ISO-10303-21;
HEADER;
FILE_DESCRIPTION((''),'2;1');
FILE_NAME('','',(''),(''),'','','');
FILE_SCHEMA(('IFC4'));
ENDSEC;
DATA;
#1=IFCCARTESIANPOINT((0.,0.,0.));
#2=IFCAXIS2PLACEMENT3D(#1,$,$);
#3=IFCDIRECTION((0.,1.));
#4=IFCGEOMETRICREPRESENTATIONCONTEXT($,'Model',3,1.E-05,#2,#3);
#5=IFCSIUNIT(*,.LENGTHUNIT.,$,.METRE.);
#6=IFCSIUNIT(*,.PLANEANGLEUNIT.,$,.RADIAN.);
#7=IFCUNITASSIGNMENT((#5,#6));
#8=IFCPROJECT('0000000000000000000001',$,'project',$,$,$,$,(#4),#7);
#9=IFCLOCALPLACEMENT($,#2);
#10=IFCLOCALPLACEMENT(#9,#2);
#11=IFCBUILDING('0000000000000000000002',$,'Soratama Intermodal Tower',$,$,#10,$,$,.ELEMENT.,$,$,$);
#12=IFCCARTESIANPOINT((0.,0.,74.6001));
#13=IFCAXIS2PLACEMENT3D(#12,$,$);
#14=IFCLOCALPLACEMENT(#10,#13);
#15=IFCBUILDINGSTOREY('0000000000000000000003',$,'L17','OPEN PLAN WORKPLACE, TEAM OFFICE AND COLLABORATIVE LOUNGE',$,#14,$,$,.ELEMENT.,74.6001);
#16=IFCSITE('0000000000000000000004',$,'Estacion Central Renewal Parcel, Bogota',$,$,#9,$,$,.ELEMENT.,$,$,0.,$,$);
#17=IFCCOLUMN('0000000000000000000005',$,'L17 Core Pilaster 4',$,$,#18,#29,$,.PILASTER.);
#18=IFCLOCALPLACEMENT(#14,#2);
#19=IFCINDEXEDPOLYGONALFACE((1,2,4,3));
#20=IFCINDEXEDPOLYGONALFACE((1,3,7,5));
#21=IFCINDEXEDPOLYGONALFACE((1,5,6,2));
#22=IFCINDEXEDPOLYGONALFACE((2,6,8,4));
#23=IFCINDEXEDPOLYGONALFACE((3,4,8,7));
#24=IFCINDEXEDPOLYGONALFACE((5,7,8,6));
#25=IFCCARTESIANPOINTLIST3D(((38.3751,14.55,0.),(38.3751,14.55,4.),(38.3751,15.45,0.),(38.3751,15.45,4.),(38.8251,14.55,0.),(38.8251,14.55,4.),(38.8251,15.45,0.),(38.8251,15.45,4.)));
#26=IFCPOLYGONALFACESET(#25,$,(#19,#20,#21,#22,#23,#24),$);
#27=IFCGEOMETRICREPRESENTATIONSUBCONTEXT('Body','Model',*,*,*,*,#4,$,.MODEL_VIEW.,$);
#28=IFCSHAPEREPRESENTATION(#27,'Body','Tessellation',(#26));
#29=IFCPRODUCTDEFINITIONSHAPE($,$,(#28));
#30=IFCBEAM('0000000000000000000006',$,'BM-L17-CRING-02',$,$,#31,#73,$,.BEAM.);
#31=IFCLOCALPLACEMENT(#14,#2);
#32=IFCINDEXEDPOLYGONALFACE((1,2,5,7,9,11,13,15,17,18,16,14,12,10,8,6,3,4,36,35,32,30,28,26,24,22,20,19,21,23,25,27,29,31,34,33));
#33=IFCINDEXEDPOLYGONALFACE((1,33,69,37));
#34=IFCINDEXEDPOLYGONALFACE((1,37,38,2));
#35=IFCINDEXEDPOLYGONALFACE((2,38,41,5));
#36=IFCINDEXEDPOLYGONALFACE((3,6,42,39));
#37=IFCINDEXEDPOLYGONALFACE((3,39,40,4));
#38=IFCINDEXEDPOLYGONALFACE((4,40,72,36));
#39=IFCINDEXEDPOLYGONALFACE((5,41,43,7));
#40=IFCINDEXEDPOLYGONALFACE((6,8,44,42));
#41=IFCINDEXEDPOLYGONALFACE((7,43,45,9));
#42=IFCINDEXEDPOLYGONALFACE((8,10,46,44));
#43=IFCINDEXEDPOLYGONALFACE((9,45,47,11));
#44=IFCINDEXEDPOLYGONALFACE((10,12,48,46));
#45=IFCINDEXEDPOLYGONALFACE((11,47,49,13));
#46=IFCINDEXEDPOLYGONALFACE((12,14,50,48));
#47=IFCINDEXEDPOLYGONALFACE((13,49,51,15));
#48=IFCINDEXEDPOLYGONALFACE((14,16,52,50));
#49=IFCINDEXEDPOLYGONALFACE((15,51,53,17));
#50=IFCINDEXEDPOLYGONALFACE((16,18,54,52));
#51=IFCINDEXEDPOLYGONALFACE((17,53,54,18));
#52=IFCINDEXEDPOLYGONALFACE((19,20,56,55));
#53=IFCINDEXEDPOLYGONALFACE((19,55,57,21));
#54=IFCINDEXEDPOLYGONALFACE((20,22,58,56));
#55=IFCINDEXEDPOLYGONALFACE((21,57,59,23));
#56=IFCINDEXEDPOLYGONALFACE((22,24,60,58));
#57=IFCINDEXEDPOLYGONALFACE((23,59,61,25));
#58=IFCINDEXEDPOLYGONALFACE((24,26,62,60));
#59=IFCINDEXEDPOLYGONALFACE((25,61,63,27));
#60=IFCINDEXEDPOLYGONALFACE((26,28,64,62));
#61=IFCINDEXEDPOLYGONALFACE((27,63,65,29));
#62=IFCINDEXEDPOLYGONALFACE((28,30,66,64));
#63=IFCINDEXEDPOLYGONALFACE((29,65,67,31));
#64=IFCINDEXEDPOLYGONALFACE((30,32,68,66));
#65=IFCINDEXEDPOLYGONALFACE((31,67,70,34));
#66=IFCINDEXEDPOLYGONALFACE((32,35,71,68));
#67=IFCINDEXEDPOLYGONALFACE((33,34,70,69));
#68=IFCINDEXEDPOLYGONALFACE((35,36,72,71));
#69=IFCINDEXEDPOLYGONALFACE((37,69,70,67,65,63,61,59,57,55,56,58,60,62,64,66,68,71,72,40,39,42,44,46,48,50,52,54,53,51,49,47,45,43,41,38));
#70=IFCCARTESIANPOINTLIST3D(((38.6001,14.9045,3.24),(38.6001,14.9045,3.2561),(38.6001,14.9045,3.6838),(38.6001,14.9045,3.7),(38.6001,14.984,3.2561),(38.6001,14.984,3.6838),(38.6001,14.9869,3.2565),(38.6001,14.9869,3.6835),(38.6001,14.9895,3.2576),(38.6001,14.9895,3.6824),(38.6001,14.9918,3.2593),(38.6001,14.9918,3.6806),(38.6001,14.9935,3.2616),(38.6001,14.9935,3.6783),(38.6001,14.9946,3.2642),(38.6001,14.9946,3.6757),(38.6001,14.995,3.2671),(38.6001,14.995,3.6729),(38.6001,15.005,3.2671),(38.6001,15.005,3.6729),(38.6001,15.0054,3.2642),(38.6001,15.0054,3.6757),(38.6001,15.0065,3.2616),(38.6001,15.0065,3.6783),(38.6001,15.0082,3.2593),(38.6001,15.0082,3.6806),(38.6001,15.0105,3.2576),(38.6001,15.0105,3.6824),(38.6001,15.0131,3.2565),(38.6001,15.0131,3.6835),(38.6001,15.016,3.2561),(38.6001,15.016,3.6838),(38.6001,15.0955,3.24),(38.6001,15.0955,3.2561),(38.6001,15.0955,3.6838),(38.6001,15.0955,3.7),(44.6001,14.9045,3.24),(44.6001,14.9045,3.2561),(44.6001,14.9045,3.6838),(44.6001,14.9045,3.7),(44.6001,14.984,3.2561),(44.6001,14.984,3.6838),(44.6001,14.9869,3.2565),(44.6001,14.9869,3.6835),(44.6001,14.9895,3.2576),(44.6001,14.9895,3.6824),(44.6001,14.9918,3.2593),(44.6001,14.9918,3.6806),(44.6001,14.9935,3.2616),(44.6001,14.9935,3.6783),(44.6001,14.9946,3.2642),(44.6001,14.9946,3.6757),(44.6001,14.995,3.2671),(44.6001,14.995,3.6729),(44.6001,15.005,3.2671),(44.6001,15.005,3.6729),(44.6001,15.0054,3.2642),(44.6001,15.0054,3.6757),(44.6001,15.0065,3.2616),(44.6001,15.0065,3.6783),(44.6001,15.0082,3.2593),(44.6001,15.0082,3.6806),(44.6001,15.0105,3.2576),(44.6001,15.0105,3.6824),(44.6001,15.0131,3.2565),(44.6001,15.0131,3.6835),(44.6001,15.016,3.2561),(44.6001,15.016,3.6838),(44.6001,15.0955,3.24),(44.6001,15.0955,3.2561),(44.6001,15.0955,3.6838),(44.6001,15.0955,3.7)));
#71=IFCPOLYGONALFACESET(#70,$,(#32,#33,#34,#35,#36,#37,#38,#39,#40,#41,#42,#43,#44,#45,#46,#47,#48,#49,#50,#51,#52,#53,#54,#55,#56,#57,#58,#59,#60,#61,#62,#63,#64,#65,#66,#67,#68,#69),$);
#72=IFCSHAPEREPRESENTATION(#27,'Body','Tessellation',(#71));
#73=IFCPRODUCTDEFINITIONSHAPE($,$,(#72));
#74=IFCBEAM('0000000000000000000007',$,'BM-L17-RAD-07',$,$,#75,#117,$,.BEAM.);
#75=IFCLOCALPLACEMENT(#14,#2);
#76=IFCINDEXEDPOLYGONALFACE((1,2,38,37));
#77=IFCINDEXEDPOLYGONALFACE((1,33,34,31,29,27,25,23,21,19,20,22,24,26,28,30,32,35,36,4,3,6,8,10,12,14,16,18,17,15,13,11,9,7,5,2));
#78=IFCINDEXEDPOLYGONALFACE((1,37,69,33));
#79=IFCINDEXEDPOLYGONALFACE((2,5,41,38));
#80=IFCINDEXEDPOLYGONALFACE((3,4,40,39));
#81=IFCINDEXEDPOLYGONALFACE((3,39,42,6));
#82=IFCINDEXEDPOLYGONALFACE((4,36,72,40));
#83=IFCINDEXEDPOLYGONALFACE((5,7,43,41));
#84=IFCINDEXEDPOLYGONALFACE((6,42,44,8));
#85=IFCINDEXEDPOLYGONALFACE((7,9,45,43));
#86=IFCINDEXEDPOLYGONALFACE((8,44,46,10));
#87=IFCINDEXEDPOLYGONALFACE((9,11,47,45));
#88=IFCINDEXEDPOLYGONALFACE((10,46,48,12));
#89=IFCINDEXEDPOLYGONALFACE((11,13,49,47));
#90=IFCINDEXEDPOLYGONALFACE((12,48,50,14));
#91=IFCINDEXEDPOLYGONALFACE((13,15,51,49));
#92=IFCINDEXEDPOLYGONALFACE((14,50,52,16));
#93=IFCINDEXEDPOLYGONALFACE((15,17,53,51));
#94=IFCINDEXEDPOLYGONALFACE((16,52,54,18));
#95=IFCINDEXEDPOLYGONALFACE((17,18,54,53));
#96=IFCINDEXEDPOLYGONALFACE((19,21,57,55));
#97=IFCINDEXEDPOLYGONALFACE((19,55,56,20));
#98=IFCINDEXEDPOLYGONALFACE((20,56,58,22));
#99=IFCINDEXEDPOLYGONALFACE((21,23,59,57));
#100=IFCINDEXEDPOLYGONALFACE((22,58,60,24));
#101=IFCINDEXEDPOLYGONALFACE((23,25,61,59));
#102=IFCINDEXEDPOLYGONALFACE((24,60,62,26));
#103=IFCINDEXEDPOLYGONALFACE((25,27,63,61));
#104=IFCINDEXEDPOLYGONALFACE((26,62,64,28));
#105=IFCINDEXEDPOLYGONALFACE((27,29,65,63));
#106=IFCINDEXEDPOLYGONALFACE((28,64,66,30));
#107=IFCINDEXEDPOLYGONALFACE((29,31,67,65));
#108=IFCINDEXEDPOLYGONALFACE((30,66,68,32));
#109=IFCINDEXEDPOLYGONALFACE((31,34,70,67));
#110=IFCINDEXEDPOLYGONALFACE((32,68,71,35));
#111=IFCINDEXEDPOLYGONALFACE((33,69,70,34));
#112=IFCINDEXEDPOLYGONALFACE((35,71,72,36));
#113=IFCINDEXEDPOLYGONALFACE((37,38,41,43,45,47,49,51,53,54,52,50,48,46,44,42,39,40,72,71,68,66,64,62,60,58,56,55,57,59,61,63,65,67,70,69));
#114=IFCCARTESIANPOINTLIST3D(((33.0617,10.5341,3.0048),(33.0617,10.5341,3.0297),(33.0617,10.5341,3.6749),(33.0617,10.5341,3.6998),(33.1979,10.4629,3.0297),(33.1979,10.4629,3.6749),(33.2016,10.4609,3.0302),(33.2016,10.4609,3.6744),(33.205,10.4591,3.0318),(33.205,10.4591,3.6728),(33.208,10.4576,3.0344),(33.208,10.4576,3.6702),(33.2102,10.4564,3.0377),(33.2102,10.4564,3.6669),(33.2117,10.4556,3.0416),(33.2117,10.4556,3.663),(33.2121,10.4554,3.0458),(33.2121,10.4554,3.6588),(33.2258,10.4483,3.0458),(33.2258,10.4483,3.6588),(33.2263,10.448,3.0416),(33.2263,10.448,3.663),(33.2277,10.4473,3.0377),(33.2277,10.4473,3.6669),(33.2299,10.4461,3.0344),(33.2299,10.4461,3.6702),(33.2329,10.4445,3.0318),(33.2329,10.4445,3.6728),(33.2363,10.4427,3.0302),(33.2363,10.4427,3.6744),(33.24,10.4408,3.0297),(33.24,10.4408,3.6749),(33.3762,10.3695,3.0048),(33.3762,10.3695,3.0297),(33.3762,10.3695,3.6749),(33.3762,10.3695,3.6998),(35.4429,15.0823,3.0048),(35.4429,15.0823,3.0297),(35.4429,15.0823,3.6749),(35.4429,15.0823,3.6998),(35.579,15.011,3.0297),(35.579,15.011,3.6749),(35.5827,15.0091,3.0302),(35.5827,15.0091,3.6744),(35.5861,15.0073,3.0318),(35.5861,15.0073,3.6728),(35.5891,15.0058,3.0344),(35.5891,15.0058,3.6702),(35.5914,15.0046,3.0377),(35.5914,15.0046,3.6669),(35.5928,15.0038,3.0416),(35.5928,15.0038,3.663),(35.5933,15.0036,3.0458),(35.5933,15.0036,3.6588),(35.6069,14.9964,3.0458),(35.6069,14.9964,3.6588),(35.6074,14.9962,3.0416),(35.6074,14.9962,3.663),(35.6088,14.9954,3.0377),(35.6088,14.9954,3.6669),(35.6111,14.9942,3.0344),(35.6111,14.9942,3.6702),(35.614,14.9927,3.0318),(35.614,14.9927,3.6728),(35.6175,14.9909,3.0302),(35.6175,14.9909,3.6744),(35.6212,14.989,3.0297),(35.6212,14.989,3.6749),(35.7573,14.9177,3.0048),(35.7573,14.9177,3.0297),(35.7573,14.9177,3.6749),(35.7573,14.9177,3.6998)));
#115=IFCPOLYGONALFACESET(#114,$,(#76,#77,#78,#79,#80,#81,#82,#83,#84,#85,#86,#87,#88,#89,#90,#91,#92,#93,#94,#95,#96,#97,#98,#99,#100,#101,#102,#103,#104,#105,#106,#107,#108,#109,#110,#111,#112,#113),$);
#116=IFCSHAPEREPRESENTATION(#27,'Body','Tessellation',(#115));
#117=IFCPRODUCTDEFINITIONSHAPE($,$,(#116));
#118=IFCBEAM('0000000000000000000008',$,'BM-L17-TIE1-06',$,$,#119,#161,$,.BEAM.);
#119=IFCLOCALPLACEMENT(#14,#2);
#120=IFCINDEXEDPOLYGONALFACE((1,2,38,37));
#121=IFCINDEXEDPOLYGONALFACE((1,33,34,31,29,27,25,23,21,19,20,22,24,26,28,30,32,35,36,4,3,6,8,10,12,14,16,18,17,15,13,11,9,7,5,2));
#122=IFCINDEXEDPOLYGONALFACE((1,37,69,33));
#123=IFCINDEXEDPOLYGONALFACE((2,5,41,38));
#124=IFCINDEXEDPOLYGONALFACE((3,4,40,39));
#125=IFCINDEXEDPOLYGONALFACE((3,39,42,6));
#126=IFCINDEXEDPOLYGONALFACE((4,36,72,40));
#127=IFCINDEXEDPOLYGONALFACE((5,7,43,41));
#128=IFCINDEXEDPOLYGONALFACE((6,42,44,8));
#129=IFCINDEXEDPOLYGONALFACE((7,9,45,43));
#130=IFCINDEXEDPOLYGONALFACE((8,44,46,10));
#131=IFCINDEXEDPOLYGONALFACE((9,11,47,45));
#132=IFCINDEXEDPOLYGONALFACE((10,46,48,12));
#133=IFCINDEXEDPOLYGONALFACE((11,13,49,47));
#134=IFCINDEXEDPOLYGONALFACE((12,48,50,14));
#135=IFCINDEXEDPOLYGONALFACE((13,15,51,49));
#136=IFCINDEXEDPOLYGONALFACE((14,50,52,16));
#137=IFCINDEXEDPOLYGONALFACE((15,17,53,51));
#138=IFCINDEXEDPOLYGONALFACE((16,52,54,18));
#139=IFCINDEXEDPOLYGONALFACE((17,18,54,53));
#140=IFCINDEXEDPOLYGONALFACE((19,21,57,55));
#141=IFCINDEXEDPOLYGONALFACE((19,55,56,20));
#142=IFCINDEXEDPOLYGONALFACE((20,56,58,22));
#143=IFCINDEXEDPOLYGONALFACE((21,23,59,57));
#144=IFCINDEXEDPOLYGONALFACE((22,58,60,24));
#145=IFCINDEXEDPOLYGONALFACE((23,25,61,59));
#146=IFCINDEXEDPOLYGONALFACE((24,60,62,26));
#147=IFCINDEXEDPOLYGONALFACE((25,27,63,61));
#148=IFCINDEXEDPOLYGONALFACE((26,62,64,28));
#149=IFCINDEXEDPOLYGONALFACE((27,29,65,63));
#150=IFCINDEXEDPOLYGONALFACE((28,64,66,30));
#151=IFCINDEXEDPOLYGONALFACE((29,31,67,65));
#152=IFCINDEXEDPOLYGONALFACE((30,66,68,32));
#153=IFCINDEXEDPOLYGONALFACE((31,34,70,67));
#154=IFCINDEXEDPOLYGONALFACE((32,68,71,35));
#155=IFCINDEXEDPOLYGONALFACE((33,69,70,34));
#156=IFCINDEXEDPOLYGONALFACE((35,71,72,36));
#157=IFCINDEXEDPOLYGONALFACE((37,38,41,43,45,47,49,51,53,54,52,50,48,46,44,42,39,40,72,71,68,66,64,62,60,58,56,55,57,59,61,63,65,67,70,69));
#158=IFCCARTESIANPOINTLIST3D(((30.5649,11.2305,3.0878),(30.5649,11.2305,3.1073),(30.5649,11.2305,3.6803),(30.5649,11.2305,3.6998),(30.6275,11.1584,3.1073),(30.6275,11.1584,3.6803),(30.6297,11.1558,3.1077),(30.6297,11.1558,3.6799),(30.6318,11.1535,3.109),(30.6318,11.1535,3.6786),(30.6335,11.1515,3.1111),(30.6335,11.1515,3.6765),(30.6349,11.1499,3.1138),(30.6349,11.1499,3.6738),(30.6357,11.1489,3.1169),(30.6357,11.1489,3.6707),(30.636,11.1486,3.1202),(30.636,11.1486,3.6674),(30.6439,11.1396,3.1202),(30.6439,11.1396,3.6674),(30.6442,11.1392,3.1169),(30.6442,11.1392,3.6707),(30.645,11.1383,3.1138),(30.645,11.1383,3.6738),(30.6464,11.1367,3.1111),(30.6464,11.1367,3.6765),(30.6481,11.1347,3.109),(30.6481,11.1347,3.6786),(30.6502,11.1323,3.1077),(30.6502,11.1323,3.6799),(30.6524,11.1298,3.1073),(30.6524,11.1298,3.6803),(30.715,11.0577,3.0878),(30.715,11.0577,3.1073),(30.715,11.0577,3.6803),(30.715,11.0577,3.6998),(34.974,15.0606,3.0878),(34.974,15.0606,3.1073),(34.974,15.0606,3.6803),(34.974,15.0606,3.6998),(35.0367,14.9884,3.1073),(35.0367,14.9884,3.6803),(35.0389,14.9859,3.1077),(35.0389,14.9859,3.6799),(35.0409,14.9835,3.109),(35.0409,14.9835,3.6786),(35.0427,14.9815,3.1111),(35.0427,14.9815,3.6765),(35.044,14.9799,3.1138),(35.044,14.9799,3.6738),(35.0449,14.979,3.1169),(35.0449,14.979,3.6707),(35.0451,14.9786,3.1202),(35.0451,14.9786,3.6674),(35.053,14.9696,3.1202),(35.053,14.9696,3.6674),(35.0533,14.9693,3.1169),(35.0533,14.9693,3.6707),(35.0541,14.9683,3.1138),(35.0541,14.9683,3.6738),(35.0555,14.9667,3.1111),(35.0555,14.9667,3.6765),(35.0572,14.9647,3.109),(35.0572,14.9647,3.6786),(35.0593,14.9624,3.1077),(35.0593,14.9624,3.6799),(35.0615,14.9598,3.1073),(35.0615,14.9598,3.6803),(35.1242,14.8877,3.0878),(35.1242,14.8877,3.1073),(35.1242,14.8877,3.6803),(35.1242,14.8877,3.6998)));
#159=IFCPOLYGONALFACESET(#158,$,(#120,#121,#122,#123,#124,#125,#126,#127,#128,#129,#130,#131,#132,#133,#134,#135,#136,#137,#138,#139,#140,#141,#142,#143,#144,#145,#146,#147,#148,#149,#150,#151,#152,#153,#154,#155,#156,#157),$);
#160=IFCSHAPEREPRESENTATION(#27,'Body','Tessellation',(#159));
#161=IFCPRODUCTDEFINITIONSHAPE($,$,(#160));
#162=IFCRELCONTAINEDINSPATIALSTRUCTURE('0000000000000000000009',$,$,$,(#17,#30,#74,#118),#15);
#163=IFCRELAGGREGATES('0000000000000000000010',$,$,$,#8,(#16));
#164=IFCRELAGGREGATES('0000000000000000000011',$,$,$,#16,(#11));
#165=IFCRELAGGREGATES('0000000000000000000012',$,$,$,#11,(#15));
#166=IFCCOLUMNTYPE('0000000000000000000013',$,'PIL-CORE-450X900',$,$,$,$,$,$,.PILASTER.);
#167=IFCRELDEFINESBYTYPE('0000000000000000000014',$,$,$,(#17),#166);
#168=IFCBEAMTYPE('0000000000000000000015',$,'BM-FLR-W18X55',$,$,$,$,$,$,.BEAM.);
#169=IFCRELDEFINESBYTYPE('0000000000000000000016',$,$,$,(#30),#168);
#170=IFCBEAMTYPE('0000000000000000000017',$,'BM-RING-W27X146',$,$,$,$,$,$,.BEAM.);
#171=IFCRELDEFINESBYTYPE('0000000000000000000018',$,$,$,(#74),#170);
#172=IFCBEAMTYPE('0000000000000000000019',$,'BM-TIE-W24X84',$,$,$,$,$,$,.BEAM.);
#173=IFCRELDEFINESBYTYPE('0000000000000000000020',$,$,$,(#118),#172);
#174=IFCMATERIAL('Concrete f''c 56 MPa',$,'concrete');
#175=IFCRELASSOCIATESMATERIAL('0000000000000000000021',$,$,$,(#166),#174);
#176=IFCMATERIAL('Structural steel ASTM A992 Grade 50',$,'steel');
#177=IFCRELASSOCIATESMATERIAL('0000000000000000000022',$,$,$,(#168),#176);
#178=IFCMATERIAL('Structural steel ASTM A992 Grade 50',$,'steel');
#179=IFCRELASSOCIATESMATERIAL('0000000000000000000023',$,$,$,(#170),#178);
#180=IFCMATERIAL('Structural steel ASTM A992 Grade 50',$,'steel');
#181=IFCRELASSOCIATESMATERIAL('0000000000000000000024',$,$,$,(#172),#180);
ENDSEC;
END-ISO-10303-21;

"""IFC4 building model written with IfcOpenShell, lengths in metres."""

from ifc_helpers import new_model, si_unit, direction, frame, origin, origin_2d, place, context, subcontext, project, spatial, rectangle, i_section, extrude, material, material_profile, profile_set, type_object, element, save


model = new_model("IFC4")

# Units and contexts
model_context = context("Model", 3, precision=1e-05, world=origin(), true_north=direction((0.0, 1.0)))
body_context = subcontext(model_context, "Body", "Model", "MODEL_VIEW")
ifc_project = project(units=[si_unit("LENGTHUNIT", "METRE"), si_unit("PLANEANGLEUNIT", "RADIAN")], contexts=[model_context])

# Site, building, storey
site_placement = place(None, origin())
site = spatial("IfcSite", under=ifc_project, at=site_placement, Name="Estacion Central Renewal Parcel, Bogota", CompositionType="ELEMENT", RefElevation=0.0)
building_placement = place(site_placement, origin())
building = spatial("IfcBuilding", under=site, at=building_placement, Name="Soratama Intermodal Tower", CompositionType="ELEMENT")
storey_placement = place(building_placement, frame((0.0, 0.0, 74.6001)))
storey = spatial("IfcBuildingStorey", under=building, at=storey_placement, Name="L17", Description="OPEN PLAN WORKPLACE, TEAM OFFICE AND COLLABORATIVE LOUNGE", CompositionType="ELEMENT", Elevation=74.6001)

# Column
ifc_material_1 = material(Name="Concrete f'c 56 MPa", Category="concrete")
ifc_material_profile_1 = material_profile(ifc_material_1, rectangle(XDim=0.45, YDim=0.8999, at=origin_2d()), Name="RC450X900")
ifc_profile_set_1 = profile_set([ifc_material_profile_1], Name="Concrete f'c 56 MPa")
column_type = type_object("IfcColumnType", Name="PIL-CORE-450X900", PredefinedType="PILASTER", material=ifc_profile_set_1)
column_placement = place(storey_placement, frame((38.6001, 15.0, 0.0), z_axis=(0.0, 0.0, 1.0), x_axis=(1.0, 0.0, 0.0)))
element("IfcColumn", 1, at=column_placement, inside=storey, type_object=column_type, Name="L17 Core Pilaster 4", PredefinedType="PILASTER", context=body_context, shape_type="SweptSolid", body=[
    extrude(rectangle(XDim=0.45, YDim=0.8999, at=origin_2d()), origin(), (0.0, 0.0, 1.0), 4.0),
])

# Beams
ifc_material_2 = material(Name="Structural steel ASTM A992 Grade 50", Category="steel")
ifc_material_profile_2 = material_profile(ifc_material_2, i_section(OverallWidth=0.1909, OverallDepth=0.46, WebThickness=0.01, FlangeThickness=0.0161, FilletRadius=0.011, at=origin_2d()), Name="W18X55")
ifc_profile_set_2 = profile_set([ifc_material_profile_2], Name="Structural steel ASTM A992 Grade 50")
beam_type_1 = type_object("IfcBeamType", Name="BM-FLR-W18X55", PredefinedType="BEAM", material=ifc_profile_set_2)
beam_1_placement = place(storey_placement, frame((38.6001, 15.0, 3.47), z_axis=(1.0, 0.0, 0.0), x_axis=(0.0, 1.0, 0.0)))
element("IfcBeam", 2, at=beam_1_placement, inside=storey, type_object=beam_type_1, Name="BM-L17-CRING-02", PredefinedType="BEAM", context=body_context, shape_type="SweptSolid", body=[
    extrude(i_section(OverallWidth=0.1909, OverallDepth=0.46, WebThickness=0.01, FlangeThickness=0.0161, FilletRadius=0.011, at=origin_2d()), origin(), (0.0, 0.0, 1.0), 6.0),
])
ifc_material_3 = material(Name="Structural steel ASTM A992 Grade 50", Category="steel")
ifc_material_profile_3 = material_profile(ifc_material_3, i_section(OverallWidth=0.355, OverallDepth=0.6951, WebThickness=0.0154, FlangeThickness=0.0249, FilletRadius=0.0161, at=origin_2d()), Name="W27X146")
ifc_profile_set_3 = profile_set([ifc_material_profile_3], Name="Structural steel ASTM A992 Grade 50")
beam_type_2 = type_object("IfcBeamType", Name="BM-RING-W27X146", PredefinedType="BEAM", material=ifc_profile_set_3)
beam_2_placement = place(storey_placement, frame((35.6001, 15.0, 3.3523), z_axis=(-0.463819, -0.88593, 0.0), x_axis=(0.88593, -0.463819, 0.0)))
element("IfcBeam", 3, at=beam_2_placement, inside=storey, type_object=beam_type_2, Name="BM-L17-RAD-07", PredefinedType="BEAM", context=body_context, shape_type="SweptSolid", body=[
    extrude(i_section(OverallWidth=0.355, OverallDepth=0.6951, WebThickness=0.0154, FlangeThickness=0.0249, FilletRadius=0.0161, at=origin_2d()), origin(), (0.0, 0.0, 1.0), 5.1338),
])
ifc_material_4 = material(Name="Structural steel ASTM A992 Grade 50", Category="steel")
ifc_material_profile_4 = material_profile(ifc_material_4, i_section(OverallWidth=0.229, OverallDepth=0.6121, WebThickness=0.012, FlangeThickness=0.0195, FilletRadius=0.0129, at=origin_2d()), Name="W24X84")
ifc_profile_set_4 = profile_set([ifc_material_profile_4], Name="Structural steel ASTM A992 Grade 50")
beam_type_3 = type_object("IfcBeamType", Name="BM-TIE-W24X84", PredefinedType="BEAM", material=ifc_profile_set_4)
beam_3_placement = place(storey_placement, frame((35.0491, 14.9741, 3.3938), z_axis=(-0.754944, -0.655789, 0.0), x_axis=(0.655789, -0.754944, 0.0)))
element("IfcBeam", 4, at=beam_3_placement, inside=storey, type_object=beam_type_3, Name="BM-L17-TIE1-06", PredefinedType="BEAM", context=body_context, shape_type="SweptSolid", body=[
    extrude(i_section(OverallWidth=0.229, OverallDepth=0.6121, WebThickness=0.012, FlangeThickness=0.0195, FilletRadius=0.0129, at=origin_2d()), origin(), (0.0, 0.0, 1.0), 5.8403),
])

save(model, "model.ifc")
